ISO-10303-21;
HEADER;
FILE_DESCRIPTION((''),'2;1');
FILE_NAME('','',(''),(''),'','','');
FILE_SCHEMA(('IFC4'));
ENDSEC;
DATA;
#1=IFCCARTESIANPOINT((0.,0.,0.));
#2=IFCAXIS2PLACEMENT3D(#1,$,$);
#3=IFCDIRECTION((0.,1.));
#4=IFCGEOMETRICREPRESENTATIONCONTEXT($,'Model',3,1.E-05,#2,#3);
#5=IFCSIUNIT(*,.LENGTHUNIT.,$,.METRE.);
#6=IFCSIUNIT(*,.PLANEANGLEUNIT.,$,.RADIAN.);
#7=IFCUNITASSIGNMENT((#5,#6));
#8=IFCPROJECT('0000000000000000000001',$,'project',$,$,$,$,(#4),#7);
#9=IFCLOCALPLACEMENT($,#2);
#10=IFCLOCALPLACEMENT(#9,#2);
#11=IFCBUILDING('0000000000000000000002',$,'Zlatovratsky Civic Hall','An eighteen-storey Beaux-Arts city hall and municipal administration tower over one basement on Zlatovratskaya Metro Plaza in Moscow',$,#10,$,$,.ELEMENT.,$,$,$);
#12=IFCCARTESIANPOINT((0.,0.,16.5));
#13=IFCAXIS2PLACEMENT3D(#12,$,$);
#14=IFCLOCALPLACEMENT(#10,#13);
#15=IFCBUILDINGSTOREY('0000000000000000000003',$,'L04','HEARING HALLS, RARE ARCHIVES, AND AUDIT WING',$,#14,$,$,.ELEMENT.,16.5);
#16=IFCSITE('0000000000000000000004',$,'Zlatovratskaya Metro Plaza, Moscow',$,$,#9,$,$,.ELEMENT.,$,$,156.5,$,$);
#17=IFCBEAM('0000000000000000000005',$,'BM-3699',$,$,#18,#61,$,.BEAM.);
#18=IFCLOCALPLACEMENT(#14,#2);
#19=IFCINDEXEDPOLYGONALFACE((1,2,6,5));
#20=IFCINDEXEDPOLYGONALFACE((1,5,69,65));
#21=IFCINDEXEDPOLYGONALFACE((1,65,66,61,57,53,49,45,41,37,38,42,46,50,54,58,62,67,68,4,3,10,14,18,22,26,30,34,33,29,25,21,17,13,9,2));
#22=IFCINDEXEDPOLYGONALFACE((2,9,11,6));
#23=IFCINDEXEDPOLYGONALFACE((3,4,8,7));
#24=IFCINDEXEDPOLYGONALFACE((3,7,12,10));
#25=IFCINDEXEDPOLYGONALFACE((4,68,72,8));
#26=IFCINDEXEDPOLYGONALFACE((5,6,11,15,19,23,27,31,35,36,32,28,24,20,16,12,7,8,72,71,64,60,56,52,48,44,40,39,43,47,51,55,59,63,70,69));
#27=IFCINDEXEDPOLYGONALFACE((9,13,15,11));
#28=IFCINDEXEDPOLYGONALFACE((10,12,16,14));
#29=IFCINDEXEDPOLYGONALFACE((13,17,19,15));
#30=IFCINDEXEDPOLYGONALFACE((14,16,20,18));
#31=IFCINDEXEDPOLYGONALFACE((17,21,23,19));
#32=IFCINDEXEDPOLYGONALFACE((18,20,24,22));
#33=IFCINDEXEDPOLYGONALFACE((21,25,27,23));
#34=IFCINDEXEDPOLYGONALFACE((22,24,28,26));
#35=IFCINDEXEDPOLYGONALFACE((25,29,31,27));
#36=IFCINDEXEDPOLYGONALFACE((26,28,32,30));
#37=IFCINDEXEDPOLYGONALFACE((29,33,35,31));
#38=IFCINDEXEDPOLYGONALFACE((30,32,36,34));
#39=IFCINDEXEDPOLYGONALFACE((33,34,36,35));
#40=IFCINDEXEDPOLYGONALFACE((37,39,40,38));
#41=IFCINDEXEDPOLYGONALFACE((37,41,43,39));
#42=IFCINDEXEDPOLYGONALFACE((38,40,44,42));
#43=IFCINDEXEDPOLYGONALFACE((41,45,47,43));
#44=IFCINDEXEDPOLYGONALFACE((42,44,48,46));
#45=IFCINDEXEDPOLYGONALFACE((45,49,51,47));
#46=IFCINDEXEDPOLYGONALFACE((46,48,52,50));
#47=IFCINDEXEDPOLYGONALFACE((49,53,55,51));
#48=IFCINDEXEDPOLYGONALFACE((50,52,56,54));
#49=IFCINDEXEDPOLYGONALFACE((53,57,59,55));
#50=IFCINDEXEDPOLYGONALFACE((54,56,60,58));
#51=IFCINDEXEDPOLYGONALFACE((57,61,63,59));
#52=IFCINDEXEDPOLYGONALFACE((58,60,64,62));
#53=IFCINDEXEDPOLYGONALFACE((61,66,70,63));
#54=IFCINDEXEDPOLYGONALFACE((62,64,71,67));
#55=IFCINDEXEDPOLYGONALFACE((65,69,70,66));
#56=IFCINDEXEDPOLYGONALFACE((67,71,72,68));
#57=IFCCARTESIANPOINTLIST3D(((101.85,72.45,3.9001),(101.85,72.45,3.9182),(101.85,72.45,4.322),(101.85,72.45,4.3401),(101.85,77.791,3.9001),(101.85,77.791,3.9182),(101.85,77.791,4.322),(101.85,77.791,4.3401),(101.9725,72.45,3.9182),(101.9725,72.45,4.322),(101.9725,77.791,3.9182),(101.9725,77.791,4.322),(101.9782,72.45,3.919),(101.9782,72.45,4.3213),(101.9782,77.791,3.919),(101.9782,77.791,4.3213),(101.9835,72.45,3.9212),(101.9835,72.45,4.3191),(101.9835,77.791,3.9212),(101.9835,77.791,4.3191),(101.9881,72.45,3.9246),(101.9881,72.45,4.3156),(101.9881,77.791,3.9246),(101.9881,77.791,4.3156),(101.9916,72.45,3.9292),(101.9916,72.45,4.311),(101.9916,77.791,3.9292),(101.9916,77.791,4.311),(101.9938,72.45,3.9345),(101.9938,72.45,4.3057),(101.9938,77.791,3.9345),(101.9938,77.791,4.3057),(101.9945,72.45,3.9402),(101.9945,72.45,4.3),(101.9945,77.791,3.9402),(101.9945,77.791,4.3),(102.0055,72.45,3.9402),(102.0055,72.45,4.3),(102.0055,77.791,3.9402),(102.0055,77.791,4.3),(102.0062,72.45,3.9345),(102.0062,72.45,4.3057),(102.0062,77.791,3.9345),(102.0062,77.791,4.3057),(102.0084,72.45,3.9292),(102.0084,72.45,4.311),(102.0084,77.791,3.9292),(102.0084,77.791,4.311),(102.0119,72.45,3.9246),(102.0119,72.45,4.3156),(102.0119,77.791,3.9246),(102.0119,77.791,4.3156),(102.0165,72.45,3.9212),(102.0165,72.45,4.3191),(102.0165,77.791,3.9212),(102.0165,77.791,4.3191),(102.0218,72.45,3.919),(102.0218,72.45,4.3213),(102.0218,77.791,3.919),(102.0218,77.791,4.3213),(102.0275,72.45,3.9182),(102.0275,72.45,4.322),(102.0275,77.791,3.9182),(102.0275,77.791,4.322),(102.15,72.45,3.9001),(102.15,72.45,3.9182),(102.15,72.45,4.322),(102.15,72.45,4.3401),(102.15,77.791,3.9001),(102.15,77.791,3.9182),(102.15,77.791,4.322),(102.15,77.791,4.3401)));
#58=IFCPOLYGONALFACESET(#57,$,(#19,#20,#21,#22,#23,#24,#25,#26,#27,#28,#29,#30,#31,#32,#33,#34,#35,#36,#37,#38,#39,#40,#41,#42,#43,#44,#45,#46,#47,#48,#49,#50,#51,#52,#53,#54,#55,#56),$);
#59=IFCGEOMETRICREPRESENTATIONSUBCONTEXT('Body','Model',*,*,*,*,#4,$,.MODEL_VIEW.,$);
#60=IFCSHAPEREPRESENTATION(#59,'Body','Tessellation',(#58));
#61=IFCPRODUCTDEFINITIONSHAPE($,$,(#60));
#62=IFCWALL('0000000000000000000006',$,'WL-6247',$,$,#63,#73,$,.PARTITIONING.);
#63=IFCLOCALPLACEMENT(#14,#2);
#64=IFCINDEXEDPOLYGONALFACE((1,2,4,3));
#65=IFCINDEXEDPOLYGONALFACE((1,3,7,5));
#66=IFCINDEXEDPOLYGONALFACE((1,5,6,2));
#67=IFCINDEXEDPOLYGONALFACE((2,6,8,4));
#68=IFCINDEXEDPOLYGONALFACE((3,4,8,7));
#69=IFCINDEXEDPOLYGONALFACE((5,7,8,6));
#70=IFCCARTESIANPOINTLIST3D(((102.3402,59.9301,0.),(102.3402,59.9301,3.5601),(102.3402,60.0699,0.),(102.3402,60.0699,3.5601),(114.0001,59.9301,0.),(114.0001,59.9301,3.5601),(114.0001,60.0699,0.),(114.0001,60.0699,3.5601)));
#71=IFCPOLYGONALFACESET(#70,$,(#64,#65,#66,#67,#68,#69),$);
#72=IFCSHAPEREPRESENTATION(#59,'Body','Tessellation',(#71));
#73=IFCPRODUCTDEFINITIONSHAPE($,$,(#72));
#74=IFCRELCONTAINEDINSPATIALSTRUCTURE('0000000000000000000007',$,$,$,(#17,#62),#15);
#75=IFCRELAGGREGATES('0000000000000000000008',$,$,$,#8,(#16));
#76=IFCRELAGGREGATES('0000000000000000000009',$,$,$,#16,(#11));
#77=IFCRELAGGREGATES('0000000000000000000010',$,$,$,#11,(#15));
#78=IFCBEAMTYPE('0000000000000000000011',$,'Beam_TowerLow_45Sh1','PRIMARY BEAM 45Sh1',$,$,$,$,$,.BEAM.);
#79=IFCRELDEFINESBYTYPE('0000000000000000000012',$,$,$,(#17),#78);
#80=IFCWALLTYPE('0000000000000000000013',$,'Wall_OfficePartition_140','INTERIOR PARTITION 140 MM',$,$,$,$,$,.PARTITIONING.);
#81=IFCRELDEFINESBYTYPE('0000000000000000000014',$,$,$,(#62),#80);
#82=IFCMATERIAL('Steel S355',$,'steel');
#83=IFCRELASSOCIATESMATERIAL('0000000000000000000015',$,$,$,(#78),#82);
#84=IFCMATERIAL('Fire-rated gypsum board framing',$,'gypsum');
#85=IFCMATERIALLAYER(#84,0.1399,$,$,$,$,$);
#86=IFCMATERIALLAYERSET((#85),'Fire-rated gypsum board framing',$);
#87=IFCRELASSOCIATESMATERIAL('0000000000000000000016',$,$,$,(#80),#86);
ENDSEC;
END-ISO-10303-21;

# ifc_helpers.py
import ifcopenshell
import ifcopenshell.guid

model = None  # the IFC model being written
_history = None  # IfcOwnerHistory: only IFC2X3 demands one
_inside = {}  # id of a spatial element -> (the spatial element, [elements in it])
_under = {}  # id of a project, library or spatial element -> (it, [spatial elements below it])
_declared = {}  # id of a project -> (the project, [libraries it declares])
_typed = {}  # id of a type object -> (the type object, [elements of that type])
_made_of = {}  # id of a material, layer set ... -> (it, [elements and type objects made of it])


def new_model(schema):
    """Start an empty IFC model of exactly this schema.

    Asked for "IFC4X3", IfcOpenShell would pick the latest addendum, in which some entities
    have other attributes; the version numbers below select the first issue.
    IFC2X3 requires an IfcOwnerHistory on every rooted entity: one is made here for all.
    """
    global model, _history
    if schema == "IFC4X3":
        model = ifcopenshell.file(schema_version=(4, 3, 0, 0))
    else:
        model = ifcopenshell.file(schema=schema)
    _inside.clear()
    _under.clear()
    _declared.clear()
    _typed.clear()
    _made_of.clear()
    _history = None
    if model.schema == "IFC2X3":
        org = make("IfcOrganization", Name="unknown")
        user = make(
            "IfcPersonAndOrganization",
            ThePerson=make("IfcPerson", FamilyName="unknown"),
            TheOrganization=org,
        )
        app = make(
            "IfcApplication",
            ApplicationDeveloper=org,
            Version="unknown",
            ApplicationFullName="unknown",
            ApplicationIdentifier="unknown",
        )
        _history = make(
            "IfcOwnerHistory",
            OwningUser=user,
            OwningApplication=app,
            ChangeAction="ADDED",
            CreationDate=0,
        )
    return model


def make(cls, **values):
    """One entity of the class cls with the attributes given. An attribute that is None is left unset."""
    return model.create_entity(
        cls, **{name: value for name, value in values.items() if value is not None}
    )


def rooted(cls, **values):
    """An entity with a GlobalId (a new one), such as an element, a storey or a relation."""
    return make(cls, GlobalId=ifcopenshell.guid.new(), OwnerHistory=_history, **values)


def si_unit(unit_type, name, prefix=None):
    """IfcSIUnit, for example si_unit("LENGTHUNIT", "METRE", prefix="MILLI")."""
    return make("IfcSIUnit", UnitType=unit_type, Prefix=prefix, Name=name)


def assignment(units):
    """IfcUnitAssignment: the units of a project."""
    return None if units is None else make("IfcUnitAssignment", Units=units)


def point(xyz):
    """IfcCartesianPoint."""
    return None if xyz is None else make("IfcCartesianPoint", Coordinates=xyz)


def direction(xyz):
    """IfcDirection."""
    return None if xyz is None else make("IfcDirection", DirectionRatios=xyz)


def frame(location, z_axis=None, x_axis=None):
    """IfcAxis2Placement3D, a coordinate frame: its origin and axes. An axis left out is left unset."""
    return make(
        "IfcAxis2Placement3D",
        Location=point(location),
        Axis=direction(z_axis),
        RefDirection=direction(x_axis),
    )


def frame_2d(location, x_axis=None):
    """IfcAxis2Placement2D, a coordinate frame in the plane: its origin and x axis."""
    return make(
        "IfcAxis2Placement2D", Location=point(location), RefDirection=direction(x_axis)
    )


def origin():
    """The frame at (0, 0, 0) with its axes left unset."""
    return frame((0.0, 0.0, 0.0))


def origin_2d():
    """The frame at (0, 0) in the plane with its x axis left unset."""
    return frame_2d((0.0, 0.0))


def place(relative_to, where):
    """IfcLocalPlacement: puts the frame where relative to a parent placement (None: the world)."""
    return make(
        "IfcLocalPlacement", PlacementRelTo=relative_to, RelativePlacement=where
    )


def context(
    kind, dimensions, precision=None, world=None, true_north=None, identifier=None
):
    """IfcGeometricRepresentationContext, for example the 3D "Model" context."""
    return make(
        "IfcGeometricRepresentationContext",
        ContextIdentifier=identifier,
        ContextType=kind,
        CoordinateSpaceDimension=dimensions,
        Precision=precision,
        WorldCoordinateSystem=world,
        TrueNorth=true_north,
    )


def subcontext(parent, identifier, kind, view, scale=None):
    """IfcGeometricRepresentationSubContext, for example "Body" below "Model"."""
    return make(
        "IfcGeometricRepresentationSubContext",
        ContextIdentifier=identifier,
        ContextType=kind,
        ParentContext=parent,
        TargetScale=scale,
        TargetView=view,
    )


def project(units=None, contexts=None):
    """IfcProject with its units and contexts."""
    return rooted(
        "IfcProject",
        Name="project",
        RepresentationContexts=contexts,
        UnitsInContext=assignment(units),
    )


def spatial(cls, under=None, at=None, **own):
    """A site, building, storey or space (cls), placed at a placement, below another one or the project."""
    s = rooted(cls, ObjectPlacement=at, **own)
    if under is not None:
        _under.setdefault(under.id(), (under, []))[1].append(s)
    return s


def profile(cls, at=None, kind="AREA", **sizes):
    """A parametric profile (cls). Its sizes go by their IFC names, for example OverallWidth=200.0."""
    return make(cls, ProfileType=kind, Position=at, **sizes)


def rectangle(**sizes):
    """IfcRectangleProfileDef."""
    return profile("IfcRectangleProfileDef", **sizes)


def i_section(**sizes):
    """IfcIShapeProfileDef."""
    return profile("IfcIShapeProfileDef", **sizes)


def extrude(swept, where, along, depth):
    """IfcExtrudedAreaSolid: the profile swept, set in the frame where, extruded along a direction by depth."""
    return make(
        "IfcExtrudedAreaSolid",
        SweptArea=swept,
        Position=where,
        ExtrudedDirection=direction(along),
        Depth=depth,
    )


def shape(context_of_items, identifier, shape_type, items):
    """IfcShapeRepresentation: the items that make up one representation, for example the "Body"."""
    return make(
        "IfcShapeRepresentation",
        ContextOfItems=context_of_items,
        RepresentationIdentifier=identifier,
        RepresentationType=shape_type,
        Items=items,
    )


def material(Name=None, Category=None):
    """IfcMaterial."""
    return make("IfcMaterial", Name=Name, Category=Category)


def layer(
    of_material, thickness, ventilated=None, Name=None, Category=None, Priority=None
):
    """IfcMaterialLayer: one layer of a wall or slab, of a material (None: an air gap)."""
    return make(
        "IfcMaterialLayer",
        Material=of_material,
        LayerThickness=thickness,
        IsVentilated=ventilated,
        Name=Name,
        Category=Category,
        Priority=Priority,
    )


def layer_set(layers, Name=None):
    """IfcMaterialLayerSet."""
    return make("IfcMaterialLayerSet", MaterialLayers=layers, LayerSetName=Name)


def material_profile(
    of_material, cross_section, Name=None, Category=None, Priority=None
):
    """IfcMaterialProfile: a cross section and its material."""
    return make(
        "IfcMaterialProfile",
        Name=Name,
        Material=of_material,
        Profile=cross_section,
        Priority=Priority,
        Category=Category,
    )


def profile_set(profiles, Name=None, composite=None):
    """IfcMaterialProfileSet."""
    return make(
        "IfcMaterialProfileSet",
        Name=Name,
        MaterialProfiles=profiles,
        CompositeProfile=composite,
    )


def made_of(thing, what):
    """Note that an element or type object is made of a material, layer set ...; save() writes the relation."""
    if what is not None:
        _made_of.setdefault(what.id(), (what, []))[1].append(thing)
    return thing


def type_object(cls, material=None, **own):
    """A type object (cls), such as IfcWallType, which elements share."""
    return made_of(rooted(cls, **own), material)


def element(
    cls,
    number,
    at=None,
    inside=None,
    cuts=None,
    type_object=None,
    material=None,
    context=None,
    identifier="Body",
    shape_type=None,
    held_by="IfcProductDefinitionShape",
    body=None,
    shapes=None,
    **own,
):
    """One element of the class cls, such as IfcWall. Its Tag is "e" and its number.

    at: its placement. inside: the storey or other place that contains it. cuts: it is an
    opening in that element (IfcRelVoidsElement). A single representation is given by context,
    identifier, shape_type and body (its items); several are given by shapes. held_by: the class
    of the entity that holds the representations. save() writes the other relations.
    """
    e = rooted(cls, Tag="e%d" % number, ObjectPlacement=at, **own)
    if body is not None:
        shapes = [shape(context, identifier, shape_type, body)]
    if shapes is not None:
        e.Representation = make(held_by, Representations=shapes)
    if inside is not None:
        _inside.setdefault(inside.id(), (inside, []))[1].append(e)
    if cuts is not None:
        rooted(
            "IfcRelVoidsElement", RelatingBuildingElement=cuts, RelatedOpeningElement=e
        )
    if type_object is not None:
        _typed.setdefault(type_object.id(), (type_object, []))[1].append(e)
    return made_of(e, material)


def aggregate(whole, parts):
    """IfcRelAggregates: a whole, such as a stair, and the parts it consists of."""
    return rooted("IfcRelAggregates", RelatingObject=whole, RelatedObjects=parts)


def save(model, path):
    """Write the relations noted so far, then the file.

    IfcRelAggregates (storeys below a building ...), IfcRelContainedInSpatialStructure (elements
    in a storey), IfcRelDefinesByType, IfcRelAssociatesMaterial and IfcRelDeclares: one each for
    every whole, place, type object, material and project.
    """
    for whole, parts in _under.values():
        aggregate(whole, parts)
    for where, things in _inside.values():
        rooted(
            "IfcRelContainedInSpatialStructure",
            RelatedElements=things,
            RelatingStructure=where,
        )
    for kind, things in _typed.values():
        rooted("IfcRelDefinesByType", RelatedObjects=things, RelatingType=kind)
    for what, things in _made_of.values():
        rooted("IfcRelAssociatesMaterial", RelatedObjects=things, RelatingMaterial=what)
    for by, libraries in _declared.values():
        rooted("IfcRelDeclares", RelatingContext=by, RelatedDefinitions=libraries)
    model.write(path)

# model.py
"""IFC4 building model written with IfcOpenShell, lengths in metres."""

from ifc_helpers import new_model, si_unit, direction, frame, frame_2d, origin, origin_2d, place, context, subcontext, project, spatial, rectangle, i_section, extrude, material, layer, layer_set, material_profile, profile_set, type_object, element, save


model = new_model("IFC4")

# Units and contexts
model_context = context("Model", 3, precision=1e-05, world=origin(), true_north=direction((0.0, 1.0)))
body_context = subcontext(model_context, "Body", "Model", "MODEL_VIEW")
ifc_project = project(units=[si_unit("LENGTHUNIT", "METRE"), si_unit("PLANEANGLEUNIT", "RADIAN")], contexts=[model_context])

# Site, building, storey
site_placement = place(None, origin())
site = spatial("IfcSite", under=ifc_project, at=site_placement, Name="Zlatovratskaya Metro Plaza, Moscow", CompositionType="ELEMENT", RefElevation=156.5)
building_placement = place(site_placement, origin())
building = spatial("IfcBuilding", under=site, at=building_placement, Name="Zlatovratsky Civic Hall", Description="An eighteen-storey Beaux-Arts city hall and municipal administration tower over one basement on Zlatovratskaya Metro Plaza in Moscow", CompositionType="ELEMENT")
storey_placement = place(building_placement, frame((0.0, 0.0, 16.5)))
storey = spatial("IfcBuildingStorey", under=building, at=storey_placement, Name="L04", Description="HEARING HALLS, RARE ARCHIVES, AND AUDIT WING", CompositionType="ELEMENT", Elevation=16.5)

# Shared definitions
ifc_material_1 = material(Name="Steel S355", Category="steel")

# Beam
ifc_material_profile_1 = material_profile(ifc_material_1, i_section(OverallWidth=0.3, OverallDepth=0.4399, WebThickness=0.011, FlangeThickness=0.0181, FilletRadius=0.022, at=origin_2d()), Name="45Sh1")
ifc_profile_set_1 = profile_set([ifc_material_profile_1], Name="Steel S355")
beam_type_1 = type_object("IfcBeamType", Name="Beam_TowerLow_45Sh1", Description="PRIMARY BEAM 45Sh1", PredefinedType="BEAM", material=ifc_profile_set_1)
for number, where, z_axis, x_axis, name in (
    (1, (102.0, 72.45, 4.1201), (0.0, 1.0, 0.0), (-1.0, 0.0, 0.0), "BM-3699"),
):
    element("IfcBeam", number, at=place(storey_placement, frame(where, z_axis=z_axis, x_axis=x_axis)), inside=storey, type_object=beam_type_1, Name=name, PredefinedType="BEAM", context=body_context, shape_type="SweptSolid", body=[
        extrude(i_section(OverallWidth=0.3, OverallDepth=0.4399, WebThickness=0.011, FlangeThickness=0.0181, FilletRadius=0.022, at=origin_2d()), origin(), (0.0, 0.0, 1.0), 5.3411),
    ])

# Wall
ifc_material_2 = material(Name="Fire-rated gypsum board framing", Category="gypsum")
ifc_layer = layer(ifc_material_2, 0.1399)
ifc_layer_set = layer_set([ifc_layer], Name="Fire-rated gypsum board framing")
wall_type = type_object("IfcWallType", Name="Wall_OfficePartition_140", Description="INTERIOR PARTITION 140 MM", PredefinedType="PARTITIONING", material=ifc_layer_set)
wall_placement = place(storey_placement, frame((102.3401, 60.0, 0.0), z_axis=(0.0, 0.0, 1.0), x_axis=(1.0, 0.0, 0.0)))
element("IfcWall", 2, at=wall_placement, inside=storey, type_object=wall_type, Name="WL-6247", PredefinedType="PARTITIONING", context=body_context, shape_type="SweptSolid", body=[
    extrude(rectangle(XDim=11.6599, YDim=0.1399, at=frame_2d((5.8301, 0.0))), origin(), (0.0, 0.0, 1.0), 3.5601),
])

save(model, "model.ifc")
